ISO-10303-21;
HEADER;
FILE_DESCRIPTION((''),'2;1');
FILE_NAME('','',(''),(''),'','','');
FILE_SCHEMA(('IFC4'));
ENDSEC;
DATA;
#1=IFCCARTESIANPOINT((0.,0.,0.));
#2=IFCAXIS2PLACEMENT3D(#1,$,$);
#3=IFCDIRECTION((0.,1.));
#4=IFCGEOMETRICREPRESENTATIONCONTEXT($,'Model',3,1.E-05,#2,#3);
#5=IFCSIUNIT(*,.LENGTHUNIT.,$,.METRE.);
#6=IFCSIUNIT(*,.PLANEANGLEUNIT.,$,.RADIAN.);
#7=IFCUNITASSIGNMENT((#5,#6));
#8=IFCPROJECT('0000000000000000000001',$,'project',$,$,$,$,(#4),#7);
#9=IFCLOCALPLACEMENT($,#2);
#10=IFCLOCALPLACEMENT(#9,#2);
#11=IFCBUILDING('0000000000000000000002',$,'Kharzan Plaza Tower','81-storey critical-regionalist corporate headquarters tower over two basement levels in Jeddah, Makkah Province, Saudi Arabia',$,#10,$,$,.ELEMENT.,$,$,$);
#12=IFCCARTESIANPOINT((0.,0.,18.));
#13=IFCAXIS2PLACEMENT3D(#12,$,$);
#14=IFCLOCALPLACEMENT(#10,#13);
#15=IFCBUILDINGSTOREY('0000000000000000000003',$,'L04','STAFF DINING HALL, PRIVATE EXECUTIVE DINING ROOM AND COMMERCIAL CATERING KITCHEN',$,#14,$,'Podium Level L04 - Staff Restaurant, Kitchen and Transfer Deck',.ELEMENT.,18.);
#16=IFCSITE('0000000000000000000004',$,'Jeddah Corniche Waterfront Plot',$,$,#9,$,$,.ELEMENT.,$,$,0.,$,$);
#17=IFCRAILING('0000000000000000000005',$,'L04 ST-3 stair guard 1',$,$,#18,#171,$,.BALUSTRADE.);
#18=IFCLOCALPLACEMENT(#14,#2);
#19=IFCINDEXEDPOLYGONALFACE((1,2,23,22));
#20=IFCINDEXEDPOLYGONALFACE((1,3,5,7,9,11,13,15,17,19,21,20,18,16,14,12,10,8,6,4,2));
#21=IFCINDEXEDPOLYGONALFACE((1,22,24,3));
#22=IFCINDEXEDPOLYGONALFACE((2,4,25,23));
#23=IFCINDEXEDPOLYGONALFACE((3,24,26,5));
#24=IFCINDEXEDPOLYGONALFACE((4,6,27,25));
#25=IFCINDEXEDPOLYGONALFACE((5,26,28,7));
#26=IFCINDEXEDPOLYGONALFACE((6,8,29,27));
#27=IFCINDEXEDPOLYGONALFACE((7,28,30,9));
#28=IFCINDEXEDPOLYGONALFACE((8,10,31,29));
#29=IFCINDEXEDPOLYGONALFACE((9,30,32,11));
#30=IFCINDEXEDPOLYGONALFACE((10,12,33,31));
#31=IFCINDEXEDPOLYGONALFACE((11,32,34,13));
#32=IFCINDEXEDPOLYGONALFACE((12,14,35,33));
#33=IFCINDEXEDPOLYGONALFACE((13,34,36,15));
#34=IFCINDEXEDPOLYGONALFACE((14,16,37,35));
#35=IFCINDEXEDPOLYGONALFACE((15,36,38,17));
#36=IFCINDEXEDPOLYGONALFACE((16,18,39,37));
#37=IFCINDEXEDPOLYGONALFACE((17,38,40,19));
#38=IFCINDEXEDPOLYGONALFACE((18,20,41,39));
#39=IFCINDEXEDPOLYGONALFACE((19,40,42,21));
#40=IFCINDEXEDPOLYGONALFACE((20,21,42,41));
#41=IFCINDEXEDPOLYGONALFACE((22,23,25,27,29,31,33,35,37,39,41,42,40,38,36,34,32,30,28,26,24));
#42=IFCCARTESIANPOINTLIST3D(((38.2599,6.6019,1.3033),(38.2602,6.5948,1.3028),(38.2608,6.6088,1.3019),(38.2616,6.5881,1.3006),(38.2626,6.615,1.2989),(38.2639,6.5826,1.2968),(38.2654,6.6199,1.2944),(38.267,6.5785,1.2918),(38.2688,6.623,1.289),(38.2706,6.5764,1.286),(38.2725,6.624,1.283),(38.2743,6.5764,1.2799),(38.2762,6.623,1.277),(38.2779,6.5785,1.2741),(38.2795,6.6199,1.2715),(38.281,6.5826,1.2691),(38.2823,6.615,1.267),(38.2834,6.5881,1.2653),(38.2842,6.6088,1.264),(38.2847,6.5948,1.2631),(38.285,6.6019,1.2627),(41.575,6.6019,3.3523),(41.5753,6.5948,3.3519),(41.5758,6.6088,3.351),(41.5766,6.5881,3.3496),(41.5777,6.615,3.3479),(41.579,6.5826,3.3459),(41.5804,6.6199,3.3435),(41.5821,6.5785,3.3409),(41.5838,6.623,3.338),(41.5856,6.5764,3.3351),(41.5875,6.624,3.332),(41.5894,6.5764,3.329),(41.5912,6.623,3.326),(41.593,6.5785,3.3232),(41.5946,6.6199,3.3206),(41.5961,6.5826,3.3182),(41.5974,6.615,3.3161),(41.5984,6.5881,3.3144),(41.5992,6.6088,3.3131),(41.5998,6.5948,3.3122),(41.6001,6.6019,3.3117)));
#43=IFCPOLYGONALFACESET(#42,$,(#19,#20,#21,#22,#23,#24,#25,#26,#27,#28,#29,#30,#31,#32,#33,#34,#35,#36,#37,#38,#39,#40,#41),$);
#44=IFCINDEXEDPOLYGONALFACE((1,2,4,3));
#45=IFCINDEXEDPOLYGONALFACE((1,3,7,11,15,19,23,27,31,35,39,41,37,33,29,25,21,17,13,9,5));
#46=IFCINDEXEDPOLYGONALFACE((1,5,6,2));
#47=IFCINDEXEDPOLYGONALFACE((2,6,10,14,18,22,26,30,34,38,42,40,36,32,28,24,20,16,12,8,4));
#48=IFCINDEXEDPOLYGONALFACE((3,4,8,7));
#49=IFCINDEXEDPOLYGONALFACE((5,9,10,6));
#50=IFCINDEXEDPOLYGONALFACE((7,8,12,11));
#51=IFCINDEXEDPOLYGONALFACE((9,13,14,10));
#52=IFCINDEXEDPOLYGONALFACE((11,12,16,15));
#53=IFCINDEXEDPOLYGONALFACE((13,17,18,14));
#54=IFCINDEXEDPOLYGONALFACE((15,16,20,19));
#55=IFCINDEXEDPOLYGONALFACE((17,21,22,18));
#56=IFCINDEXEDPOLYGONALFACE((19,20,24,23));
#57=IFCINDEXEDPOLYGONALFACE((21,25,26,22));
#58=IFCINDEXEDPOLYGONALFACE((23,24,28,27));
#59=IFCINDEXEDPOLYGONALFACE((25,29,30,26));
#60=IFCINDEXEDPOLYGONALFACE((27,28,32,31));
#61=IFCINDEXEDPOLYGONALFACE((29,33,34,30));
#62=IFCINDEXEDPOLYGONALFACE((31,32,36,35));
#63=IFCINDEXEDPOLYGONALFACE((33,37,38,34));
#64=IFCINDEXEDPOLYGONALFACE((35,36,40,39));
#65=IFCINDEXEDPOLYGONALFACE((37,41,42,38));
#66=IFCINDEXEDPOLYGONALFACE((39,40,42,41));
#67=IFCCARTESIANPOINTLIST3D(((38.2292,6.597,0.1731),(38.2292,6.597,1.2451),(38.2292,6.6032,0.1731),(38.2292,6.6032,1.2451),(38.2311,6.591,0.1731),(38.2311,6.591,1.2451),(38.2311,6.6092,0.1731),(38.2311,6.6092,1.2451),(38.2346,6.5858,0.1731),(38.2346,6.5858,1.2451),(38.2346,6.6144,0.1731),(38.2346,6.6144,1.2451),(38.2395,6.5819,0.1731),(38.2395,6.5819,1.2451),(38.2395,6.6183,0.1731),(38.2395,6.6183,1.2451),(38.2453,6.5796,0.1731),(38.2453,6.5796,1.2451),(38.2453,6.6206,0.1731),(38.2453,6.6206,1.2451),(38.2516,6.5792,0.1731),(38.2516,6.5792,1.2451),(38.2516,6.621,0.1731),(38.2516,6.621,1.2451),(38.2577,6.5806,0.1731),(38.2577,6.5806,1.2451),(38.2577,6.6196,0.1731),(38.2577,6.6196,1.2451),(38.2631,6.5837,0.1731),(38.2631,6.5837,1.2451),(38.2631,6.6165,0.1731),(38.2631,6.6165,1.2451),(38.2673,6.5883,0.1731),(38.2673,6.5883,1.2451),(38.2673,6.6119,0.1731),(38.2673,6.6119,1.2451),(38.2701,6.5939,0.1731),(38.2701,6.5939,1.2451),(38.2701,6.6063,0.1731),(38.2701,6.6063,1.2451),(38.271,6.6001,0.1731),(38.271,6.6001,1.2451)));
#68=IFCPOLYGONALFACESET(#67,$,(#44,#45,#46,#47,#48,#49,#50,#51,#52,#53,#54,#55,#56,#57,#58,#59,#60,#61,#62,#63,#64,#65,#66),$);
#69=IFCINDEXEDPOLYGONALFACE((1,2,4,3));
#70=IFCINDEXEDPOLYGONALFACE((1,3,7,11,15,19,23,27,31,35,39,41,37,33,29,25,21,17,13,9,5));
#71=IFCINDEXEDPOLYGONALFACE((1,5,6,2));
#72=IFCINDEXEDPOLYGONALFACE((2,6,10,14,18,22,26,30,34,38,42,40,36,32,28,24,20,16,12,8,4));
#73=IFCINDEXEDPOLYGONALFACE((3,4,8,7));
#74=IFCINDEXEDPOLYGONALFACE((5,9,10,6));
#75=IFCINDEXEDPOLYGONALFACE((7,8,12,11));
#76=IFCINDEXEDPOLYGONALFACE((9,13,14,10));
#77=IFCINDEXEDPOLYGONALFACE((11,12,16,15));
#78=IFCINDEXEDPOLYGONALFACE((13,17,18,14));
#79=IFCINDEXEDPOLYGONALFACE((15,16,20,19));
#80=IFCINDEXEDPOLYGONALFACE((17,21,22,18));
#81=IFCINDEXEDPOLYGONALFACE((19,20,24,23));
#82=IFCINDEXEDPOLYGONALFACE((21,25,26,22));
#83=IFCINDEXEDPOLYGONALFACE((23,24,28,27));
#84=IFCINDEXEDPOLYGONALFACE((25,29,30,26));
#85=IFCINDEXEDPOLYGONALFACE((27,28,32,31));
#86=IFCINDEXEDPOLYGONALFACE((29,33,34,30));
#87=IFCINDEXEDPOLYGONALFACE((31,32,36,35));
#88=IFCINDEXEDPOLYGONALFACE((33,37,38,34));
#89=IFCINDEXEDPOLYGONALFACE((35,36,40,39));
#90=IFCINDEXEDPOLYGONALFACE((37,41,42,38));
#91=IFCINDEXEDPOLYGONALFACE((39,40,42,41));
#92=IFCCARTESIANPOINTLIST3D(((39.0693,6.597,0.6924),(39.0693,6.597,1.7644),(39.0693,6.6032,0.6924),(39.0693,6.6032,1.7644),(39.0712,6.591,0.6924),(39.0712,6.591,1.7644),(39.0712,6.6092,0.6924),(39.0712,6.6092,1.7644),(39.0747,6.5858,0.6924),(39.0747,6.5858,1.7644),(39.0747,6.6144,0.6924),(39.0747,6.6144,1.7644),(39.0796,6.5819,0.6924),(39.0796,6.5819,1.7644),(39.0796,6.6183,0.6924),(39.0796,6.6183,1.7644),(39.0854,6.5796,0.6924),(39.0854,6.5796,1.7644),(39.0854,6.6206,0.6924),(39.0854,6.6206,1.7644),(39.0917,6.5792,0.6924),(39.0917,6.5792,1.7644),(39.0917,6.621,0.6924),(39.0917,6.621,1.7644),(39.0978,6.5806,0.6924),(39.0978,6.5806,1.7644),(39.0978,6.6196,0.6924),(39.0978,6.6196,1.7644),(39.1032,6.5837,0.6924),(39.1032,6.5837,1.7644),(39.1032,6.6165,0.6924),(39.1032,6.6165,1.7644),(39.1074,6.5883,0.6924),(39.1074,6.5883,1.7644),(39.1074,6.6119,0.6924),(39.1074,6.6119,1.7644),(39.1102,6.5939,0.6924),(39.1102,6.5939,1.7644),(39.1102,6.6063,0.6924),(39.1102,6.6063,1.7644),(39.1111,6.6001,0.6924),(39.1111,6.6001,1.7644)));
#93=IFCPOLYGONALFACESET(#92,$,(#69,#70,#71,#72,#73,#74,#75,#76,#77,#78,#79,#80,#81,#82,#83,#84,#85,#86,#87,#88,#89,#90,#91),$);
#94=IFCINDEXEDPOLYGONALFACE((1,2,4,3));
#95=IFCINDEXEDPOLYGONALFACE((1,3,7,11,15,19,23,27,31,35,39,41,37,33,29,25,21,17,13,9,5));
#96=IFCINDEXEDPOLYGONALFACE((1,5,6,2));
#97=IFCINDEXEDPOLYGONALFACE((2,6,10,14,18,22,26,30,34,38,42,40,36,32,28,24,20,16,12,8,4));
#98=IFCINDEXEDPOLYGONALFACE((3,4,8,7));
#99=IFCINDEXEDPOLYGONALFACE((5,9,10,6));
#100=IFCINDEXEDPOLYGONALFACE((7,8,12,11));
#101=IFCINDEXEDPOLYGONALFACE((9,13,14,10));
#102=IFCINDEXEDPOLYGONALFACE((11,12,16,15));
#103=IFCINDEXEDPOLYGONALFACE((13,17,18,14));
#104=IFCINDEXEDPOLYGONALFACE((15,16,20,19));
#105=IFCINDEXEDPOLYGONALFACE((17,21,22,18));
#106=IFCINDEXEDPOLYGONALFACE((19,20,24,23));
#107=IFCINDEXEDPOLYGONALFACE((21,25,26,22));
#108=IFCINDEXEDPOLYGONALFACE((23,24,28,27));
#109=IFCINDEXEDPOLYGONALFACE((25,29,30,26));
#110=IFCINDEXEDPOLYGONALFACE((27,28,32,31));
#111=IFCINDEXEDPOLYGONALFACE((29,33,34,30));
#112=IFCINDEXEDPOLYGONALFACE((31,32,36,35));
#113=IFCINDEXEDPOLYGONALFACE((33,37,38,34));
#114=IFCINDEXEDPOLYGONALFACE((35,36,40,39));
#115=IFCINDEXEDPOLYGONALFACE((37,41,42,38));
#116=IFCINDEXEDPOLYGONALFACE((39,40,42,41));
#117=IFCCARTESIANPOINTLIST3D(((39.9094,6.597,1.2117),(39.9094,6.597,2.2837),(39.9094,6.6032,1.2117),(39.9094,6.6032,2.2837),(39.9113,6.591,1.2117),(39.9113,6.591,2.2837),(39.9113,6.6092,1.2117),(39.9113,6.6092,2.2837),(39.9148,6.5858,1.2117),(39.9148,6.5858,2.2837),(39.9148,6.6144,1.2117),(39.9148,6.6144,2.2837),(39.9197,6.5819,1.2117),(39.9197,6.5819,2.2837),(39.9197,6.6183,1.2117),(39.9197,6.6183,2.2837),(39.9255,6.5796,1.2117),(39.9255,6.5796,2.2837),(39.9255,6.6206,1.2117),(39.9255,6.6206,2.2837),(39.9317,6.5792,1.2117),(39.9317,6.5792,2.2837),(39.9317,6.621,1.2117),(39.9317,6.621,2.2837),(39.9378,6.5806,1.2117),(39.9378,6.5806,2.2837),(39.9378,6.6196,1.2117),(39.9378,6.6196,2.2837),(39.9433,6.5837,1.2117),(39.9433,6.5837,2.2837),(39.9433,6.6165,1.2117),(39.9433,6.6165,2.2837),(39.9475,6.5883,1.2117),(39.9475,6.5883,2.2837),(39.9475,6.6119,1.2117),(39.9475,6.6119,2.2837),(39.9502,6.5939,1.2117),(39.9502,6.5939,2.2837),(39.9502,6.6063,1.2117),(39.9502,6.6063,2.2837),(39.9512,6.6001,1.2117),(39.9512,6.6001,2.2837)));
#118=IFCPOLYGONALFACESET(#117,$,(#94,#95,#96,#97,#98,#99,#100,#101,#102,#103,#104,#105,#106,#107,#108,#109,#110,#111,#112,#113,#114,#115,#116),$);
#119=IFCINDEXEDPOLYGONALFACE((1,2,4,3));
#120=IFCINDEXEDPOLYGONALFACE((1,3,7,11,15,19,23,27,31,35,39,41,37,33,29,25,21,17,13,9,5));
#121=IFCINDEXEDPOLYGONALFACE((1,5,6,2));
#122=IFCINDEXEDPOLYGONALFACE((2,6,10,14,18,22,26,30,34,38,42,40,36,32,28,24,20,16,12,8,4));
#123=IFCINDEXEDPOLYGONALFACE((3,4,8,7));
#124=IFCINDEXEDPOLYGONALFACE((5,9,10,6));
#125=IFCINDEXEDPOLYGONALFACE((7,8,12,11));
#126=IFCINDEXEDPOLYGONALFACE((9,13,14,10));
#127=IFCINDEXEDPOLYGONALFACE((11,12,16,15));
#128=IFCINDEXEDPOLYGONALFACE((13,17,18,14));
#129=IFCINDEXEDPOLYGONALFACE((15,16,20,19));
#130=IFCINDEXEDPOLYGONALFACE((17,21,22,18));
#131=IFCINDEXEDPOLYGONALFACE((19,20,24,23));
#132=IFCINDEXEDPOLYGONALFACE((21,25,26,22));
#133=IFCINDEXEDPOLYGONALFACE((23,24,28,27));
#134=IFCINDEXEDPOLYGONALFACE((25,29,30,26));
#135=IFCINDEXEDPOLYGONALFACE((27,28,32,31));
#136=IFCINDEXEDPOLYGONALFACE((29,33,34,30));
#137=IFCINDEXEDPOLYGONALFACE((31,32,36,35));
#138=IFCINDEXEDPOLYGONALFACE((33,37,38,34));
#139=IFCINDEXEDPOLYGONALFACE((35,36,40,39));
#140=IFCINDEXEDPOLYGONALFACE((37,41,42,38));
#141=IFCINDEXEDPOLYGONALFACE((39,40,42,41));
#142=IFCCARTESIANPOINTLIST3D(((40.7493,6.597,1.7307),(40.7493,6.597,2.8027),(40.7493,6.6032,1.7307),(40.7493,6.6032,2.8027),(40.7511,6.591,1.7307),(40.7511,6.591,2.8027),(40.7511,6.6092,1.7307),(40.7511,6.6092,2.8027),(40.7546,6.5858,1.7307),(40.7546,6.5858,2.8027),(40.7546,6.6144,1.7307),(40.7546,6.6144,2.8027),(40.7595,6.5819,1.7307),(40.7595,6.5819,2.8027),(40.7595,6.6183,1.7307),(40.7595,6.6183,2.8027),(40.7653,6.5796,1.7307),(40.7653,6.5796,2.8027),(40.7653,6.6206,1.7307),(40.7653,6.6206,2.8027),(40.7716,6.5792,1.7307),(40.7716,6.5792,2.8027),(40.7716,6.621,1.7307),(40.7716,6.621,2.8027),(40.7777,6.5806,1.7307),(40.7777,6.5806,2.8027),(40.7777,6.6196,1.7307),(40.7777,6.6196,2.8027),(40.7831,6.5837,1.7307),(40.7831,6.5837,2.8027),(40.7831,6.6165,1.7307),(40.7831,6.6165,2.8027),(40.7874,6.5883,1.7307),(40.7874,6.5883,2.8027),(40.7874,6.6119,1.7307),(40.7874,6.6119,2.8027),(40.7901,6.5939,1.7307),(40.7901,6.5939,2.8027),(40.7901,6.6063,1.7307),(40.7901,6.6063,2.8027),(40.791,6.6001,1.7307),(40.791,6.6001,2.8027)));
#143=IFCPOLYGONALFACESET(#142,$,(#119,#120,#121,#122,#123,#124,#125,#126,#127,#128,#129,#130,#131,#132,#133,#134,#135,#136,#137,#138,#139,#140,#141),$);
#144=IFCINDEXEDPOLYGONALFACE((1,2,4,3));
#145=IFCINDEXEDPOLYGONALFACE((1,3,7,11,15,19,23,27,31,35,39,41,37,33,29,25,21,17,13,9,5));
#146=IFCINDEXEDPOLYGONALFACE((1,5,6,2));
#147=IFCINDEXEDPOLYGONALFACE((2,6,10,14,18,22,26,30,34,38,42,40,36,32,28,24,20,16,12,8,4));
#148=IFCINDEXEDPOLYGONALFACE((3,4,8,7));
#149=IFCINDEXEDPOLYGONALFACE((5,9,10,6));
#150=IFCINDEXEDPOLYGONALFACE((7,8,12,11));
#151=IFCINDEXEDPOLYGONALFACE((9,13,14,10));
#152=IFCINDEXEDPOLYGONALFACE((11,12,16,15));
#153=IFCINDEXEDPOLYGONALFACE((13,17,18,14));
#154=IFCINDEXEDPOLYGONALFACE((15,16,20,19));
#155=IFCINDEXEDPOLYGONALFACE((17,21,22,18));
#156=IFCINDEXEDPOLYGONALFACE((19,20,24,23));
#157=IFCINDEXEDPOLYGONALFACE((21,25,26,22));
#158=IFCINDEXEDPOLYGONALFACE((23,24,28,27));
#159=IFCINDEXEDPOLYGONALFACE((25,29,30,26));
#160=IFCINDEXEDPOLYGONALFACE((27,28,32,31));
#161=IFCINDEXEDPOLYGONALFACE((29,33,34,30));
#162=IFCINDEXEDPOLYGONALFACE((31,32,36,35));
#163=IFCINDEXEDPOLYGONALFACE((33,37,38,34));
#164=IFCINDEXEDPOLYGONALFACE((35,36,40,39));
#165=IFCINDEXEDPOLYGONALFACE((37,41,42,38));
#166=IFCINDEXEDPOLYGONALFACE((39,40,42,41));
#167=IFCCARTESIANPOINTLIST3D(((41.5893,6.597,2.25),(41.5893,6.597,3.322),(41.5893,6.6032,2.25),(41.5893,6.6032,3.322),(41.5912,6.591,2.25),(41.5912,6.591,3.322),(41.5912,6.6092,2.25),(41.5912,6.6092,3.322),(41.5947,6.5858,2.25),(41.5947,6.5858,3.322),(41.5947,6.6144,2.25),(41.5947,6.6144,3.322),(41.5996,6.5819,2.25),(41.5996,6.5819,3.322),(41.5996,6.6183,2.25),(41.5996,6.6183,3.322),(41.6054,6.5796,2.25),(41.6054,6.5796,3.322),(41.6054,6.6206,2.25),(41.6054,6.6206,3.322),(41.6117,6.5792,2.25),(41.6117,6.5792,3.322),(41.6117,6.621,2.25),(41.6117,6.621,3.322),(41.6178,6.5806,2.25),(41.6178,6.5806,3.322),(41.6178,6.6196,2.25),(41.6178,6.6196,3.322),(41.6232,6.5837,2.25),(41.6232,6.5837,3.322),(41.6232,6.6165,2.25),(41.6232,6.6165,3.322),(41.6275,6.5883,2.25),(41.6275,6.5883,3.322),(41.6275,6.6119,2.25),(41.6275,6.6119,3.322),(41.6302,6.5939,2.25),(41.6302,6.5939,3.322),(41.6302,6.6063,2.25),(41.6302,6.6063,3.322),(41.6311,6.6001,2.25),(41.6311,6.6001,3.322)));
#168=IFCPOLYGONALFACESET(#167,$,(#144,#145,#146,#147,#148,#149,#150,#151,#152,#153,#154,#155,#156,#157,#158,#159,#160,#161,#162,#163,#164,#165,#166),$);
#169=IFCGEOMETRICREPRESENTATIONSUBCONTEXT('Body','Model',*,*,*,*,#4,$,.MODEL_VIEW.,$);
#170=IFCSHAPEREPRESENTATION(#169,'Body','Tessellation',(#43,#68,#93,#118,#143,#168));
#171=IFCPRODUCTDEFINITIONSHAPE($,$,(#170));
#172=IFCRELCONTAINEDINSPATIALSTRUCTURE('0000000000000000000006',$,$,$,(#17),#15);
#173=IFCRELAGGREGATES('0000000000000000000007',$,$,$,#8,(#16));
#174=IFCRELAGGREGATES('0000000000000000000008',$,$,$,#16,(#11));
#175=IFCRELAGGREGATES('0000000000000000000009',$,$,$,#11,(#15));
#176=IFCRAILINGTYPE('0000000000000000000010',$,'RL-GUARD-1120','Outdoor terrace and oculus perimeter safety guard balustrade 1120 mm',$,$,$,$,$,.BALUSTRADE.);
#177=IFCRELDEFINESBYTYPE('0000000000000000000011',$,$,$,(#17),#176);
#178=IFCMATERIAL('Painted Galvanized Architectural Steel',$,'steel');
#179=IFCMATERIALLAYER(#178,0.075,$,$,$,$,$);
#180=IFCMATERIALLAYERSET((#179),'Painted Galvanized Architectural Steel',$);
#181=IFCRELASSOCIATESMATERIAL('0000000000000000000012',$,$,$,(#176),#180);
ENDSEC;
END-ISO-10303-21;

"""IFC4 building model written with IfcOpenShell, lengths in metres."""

from ifc_helpers import new_model, si_unit, direction, frame, origin, origin_2d, place, context, subcontext, project, spatial, circle, extrude, source, transform, mapped, material, layer, layer_set, type_object, element, save


model = new_model("IFC4")

# Units and contexts
model_context = context("Model", 3, precision=1e-05, world=origin(), true_north=direction((0.0, 1.0)))
body_context = subcontext(model_context, "Body", "Model", "MODEL_VIEW")
ifc_project = project(units=[si_unit("LENGTHUNIT", "METRE"), si_unit("PLANEANGLEUNIT", "RADIAN")], contexts=[model_context])

# Site, building, storey
site_placement = place(None, origin())
site = spatial("IfcSite", under=ifc_project, at=site_placement, Name="Jeddah Corniche Waterfront Plot", CompositionType="ELEMENT", RefElevation=0.0)
building_placement = place(site_placement, origin())
building = spatial("IfcBuilding", under=site, at=building_placement, Name="Kharzan Plaza Tower", Description="81-storey critical-regionalist corporate headquarters tower over two basement levels in Jeddah, Makkah Province, Saudi Arabia", CompositionType="ELEMENT")
storey_placement = place(building_placement, frame((0.0, 0.0, 18.0)))
storey = spatial("IfcBuildingStorey", under=building, at=storey_placement, Name="L04", Description="STAFF DINING HALL, PRIVATE EXECUTIVE DINING ROOM AND COMMERCIAL CATERING KITCHEN", LongName="Podium Level L04 - Staff Restaurant, Kitchen and Transfer Deck", CompositionType="ELEMENT", Elevation=18.0)

# Railing
ifc_material_1 = material(Name="Painted Galvanized Architectural Steel", Category="steel")
ifc_layer_1 = layer(ifc_material_1, 0.075)
ifc_layer_set_1 = layer_set([ifc_layer_1], Name="Painted Galvanized Architectural Steel")
railing_type_1 = type_object("IfcRailingType", Name="RL-GUARD-1120", Description="Outdoor terrace and oculus perimeter safety guard balustrade 1120 mm", PredefinedType="BALUSTRADE", material=ifc_layer_set_1)
shared_shape_1 = source(origin(), body_context, "Body", "SweptSolid", [
    extrude(circle(Radius=0.0239, at=origin_2d()), frame((0.0225, 0.0, 1.1099), z_axis=(0.850623, 0.0, 0.525776), x_axis=(0.0, 1.0, 0.0)), (0.0, 0.0, 1.0), 3.8972),
    extrude(circle(Radius=0.021, at=origin_2d()), origin(), (0.0, 0.0, 1.0), 1.072),
    extrude(circle(Radius=0.021, at=origin_2d()), frame((0.8401, 0.0, 0.5193)), (0.0, 0.0, 1.0), 1.072),
    extrude(circle(Radius=0.021, at=origin_2d()), frame((1.6802, 0.0, 1.0386)), (0.0, 0.0, 1.0), 1.072),
    extrude(circle(Radius=0.021, at=origin_2d()), frame((2.52, 0.0, 1.5576)), (0.0, 0.0, 1.0), 1.072),
    extrude(circle(Radius=0.021, at=origin_2d()), frame((3.3601, 0.0, 2.0769)), (0.0, 0.0, 1.0), 1.072),
])
railing_1_placement = place(storey_placement, frame((38.25, 6.6001, 0.1731)))
element("IfcRailing", 1, at=railing_1_placement, inside=storey, type_object=railing_type_1, Name="L04 ST-3 stair guard 1", PredefinedType="BALUSTRADE", context=body_context, shape_type="MappedRepresentation", body=[
    mapped(shared_shape_1, transform((0.0, 0.0, 0.0), x_axis=(1.0, 0.0, 0.0), y_axis=(0.0, 1.0, 0.0), z_axis=(0.0, 0.0, 1.0))),
])

save(model, "model.ifc")
